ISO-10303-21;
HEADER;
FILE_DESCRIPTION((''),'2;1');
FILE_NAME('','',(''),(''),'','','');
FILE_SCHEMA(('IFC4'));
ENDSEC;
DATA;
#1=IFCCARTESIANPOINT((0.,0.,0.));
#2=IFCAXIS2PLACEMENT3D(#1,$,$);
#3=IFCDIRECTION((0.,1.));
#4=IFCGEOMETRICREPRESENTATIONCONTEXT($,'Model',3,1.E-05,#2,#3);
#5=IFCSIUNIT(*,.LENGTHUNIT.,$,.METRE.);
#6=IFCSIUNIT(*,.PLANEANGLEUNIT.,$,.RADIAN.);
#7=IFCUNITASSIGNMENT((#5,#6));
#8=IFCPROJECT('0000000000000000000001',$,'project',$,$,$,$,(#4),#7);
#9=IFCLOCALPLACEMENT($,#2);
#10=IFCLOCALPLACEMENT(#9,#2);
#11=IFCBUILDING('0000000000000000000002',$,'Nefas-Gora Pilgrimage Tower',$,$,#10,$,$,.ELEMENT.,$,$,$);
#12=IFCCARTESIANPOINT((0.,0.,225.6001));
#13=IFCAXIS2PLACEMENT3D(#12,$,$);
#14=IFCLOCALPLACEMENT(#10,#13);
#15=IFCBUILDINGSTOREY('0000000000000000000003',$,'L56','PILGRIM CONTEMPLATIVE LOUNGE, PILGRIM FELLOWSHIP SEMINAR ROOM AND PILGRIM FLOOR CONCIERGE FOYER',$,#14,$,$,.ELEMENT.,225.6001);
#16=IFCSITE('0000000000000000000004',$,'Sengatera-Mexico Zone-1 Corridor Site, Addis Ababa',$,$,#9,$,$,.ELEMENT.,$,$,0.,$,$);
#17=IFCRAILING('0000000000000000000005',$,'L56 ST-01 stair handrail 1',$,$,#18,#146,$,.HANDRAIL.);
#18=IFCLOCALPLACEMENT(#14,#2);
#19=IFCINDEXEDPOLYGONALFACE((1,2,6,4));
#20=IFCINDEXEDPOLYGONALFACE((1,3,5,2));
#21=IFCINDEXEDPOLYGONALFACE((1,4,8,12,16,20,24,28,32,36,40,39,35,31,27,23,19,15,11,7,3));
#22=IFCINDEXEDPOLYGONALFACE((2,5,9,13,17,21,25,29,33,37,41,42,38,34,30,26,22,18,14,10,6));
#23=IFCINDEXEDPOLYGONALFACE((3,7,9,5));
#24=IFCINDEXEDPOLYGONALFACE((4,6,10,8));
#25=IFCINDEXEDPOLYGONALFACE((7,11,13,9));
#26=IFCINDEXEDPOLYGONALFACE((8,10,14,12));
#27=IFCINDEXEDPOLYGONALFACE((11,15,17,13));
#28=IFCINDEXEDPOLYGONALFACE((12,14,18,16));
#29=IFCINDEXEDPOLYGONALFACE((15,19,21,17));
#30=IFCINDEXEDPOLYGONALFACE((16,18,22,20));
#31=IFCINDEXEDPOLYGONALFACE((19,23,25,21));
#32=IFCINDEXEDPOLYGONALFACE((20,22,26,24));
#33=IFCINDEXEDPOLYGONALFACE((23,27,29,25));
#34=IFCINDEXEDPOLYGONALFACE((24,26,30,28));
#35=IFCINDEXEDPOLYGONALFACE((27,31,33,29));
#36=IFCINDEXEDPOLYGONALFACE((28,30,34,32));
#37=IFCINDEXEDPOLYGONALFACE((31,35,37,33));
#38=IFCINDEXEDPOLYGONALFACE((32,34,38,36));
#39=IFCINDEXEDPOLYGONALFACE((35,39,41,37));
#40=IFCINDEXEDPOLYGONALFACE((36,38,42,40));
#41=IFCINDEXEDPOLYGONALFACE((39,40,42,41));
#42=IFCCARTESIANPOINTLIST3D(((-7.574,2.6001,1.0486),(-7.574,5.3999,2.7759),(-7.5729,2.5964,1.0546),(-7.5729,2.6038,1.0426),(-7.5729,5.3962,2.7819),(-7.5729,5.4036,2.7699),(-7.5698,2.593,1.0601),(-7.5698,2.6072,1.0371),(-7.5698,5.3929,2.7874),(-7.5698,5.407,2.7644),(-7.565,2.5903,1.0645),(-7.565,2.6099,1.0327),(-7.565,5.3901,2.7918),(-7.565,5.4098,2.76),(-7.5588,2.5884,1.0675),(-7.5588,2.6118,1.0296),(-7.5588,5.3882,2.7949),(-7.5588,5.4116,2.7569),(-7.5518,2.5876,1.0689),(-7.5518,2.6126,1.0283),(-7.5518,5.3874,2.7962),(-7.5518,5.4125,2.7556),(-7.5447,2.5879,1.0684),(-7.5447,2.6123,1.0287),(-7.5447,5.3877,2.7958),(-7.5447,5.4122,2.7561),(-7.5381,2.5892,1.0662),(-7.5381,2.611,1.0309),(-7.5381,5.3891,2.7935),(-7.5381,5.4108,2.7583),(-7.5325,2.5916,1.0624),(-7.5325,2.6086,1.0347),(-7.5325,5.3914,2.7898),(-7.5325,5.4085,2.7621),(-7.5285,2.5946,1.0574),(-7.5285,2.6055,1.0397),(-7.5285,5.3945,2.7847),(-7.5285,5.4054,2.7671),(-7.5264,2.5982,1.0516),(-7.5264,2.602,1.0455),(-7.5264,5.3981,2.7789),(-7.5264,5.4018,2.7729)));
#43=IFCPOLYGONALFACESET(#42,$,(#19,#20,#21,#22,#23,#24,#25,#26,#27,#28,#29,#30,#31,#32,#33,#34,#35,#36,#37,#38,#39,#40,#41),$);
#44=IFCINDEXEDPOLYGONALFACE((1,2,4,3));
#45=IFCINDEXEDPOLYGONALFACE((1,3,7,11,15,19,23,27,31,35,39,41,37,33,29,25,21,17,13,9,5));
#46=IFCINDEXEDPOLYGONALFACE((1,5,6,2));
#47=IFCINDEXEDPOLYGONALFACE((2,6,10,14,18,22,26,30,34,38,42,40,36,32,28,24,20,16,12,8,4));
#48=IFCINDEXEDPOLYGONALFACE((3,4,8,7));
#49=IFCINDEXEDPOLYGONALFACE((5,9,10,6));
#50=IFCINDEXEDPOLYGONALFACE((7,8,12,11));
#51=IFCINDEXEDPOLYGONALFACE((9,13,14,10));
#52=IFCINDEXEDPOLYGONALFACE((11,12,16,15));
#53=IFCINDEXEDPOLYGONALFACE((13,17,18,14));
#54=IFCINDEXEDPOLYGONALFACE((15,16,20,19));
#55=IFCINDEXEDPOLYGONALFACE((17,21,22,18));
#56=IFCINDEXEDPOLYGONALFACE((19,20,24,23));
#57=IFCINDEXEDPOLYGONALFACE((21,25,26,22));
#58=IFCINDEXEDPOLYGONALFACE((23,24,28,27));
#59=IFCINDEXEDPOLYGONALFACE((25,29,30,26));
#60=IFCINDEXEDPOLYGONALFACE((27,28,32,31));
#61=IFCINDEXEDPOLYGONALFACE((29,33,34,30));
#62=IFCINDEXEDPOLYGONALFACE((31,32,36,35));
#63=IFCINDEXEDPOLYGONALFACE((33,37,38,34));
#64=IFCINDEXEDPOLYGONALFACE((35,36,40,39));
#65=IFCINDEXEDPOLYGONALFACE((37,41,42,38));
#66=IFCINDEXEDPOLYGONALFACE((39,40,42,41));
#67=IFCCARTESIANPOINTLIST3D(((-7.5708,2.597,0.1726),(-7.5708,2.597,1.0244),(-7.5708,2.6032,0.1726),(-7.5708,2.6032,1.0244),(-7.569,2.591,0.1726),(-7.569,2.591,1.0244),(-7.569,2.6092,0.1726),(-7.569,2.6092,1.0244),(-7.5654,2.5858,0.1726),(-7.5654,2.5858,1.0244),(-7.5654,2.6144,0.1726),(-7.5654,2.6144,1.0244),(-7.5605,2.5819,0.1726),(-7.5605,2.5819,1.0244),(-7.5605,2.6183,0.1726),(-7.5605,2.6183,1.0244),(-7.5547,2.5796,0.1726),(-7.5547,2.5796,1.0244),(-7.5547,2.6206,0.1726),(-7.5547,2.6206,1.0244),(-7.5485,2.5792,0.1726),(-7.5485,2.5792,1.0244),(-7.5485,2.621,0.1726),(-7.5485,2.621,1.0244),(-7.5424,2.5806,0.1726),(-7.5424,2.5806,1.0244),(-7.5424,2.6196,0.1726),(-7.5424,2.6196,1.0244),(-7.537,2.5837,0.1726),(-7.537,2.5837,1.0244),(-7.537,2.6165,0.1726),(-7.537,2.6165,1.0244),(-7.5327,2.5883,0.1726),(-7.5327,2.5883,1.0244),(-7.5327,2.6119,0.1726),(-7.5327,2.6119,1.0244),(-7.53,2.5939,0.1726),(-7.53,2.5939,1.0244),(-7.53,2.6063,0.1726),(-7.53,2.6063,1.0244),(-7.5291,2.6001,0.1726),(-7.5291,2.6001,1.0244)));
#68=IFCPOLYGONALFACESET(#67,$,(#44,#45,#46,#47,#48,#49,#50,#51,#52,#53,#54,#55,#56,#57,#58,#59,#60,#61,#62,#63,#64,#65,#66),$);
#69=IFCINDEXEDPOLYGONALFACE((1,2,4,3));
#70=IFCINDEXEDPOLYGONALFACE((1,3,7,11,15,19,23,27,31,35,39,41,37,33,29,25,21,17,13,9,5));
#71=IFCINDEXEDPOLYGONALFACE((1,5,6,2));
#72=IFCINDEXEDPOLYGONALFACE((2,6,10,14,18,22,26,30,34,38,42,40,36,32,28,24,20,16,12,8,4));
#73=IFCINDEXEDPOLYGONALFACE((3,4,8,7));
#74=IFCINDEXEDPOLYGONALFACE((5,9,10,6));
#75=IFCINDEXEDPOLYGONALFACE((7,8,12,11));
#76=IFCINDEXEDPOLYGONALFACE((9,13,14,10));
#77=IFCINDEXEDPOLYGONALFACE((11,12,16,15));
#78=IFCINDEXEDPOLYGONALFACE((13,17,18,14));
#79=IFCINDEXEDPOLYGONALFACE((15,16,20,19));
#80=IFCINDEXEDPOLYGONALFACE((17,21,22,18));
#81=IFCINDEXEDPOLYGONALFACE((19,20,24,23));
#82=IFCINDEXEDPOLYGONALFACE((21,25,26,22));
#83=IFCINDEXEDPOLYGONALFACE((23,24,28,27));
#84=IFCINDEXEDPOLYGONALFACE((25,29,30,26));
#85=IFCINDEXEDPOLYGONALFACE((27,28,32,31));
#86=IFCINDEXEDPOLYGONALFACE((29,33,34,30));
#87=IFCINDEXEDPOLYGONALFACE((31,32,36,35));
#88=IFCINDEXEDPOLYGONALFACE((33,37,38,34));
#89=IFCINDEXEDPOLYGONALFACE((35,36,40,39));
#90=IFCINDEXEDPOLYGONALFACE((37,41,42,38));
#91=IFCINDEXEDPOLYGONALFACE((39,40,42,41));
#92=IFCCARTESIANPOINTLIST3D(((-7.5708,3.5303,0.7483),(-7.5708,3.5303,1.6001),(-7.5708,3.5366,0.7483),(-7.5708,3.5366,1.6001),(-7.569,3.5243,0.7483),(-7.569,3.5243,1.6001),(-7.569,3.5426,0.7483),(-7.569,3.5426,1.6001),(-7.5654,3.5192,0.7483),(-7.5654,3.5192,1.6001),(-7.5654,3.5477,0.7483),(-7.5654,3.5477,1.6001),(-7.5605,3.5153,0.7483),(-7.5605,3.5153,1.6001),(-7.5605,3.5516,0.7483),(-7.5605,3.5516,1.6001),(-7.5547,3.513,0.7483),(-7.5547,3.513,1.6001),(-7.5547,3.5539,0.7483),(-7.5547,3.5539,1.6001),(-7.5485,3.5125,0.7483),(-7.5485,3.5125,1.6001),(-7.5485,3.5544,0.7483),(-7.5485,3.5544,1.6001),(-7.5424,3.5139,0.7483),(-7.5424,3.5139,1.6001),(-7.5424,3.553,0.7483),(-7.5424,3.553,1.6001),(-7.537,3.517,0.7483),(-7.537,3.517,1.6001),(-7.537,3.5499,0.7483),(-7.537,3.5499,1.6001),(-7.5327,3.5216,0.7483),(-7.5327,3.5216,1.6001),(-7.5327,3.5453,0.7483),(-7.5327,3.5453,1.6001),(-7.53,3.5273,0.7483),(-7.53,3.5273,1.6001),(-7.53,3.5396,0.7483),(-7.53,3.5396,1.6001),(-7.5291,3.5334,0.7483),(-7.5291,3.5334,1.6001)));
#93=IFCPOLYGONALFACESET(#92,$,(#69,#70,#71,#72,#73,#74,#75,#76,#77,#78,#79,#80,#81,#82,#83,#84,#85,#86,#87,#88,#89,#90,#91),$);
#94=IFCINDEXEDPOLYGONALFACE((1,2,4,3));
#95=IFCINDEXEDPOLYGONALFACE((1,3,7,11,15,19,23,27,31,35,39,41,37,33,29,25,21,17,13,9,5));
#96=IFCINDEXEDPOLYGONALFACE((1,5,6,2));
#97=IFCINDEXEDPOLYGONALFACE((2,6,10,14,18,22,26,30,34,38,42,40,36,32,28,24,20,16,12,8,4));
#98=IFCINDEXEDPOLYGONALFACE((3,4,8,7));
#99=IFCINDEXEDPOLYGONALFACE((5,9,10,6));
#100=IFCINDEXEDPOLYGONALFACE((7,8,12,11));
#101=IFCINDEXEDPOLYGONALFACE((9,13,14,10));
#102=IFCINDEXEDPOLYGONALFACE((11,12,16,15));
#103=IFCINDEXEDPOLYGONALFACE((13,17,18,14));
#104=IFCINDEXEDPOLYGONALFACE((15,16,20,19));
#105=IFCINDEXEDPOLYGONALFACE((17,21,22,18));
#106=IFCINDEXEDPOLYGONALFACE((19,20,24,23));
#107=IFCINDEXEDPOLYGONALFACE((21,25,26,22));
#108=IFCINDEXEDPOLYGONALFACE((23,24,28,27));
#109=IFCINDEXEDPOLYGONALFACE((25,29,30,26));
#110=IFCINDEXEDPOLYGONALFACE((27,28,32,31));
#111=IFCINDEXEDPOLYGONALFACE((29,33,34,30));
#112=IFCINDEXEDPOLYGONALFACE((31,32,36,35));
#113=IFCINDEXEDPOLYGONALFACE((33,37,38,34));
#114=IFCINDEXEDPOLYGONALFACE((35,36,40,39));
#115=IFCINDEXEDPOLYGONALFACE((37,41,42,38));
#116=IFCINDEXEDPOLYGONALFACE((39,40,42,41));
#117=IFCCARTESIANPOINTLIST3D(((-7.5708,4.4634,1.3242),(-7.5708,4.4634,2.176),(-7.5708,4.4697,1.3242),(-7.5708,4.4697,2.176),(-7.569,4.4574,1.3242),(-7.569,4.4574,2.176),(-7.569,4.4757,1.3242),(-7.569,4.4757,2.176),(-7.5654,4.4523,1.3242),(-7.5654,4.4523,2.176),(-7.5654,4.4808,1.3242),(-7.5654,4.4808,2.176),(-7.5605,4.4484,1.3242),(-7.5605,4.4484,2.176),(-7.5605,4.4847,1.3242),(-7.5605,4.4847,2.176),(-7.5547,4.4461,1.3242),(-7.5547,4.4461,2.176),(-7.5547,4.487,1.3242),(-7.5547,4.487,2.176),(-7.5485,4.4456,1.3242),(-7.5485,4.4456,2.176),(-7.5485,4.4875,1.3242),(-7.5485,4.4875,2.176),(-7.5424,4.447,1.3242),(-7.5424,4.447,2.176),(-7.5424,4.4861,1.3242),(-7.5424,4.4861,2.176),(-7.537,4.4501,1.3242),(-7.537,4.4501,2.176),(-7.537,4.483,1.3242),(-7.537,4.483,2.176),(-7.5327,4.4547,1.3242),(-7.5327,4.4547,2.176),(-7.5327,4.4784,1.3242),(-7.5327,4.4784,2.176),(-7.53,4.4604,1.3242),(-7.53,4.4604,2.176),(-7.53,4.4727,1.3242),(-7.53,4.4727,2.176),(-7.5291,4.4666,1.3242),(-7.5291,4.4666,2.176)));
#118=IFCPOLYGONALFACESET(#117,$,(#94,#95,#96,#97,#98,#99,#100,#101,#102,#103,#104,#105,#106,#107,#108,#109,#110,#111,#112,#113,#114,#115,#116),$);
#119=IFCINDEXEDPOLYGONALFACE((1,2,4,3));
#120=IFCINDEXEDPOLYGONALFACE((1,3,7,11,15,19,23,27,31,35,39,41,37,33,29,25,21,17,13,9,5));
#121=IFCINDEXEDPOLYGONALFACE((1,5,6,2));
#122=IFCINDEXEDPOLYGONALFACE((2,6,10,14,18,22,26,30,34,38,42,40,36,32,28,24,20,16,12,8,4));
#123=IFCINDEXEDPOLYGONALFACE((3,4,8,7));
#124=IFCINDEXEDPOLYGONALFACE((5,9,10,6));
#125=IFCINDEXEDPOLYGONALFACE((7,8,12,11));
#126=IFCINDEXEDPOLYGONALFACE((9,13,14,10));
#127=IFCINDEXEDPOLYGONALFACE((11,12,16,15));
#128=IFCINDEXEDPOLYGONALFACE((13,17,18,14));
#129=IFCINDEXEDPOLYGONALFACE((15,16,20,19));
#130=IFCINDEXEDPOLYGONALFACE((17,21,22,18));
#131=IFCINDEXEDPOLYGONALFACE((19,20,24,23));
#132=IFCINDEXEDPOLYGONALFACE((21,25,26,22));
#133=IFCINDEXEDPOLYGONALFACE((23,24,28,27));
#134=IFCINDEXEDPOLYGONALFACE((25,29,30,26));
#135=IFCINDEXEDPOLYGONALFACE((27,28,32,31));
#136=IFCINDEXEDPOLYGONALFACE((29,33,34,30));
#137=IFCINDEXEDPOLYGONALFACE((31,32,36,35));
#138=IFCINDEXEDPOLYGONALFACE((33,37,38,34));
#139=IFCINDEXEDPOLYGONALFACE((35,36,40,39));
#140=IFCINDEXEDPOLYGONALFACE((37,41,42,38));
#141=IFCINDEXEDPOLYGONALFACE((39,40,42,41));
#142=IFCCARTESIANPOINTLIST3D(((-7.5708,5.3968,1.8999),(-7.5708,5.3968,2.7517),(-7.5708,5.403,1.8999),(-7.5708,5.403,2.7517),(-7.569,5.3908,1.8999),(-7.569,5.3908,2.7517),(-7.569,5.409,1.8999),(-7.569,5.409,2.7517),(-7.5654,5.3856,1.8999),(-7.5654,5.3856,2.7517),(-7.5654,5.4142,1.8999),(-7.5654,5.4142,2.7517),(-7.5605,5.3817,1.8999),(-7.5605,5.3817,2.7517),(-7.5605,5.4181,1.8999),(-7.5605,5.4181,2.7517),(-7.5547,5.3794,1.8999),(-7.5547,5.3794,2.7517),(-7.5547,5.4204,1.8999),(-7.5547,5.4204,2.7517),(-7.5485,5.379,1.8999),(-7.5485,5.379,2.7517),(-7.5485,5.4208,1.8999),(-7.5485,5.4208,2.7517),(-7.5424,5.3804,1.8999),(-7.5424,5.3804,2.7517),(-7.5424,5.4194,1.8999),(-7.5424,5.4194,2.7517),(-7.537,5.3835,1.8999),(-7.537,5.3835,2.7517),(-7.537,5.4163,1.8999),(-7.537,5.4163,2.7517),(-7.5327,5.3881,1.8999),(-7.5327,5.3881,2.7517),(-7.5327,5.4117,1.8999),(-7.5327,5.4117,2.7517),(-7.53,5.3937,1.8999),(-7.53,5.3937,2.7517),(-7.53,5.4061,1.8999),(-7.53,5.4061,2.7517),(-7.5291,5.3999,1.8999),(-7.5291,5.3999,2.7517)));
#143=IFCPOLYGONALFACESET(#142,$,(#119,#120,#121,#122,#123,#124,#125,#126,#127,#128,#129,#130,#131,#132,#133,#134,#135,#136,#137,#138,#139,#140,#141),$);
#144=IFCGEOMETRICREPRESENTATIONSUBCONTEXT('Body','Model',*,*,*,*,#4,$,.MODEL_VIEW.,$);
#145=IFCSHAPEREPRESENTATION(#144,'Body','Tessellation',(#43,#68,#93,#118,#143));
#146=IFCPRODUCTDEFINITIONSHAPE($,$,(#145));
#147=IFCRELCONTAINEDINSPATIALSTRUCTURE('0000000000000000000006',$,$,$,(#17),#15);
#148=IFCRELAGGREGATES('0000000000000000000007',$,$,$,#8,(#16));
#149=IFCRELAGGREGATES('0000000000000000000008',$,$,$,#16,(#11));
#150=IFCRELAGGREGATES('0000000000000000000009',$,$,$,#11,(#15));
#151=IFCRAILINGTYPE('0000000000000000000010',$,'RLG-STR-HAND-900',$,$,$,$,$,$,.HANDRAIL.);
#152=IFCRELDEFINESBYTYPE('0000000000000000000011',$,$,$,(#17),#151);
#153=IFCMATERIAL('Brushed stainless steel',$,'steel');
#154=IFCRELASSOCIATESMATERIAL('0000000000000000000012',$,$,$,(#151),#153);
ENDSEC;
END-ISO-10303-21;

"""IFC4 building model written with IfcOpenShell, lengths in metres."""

from ifc_helpers import new_model, si_unit, direction, frame, origin, origin_2d, place, context, subcontext, project, spatial, circle, extrude, material, type_object, element, save


model = new_model("IFC4")

# Units and contexts
model_context = context("Model", 3, precision=1e-05, world=origin(), true_north=direction((0.0, 1.0)))
body_context = subcontext(model_context, "Body", "Model", "MODEL_VIEW")
ifc_project = project(units=[si_unit("LENGTHUNIT", "METRE"), si_unit("PLANEANGLEUNIT", "RADIAN")], contexts=[model_context])

# Site, building, storey
site_placement = place(None, origin())
site = spatial("IfcSite", under=ifc_project, at=site_placement, Name="Sengatera-Mexico Zone-1 Corridor Site, Addis Ababa", CompositionType="ELEMENT", RefElevation=0.0)
building_placement = place(site_placement, origin())
building = spatial("IfcBuilding", under=site, at=building_placement, Name="Nefas-Gora Pilgrimage Tower", CompositionType="ELEMENT")
storey_placement = place(building_placement, frame((0.0, 0.0, 225.6001)))
storey = spatial("IfcBuildingStorey", under=building, at=storey_placement, Name="L56", Description="PILGRIM CONTEMPLATIVE LOUNGE, PILGRIM FELLOWSHIP SEMINAR ROOM AND PILGRIM FLOOR CONCIERGE FOYER", CompositionType="ELEMENT", Elevation=225.6001)

# Railing
ifc_material_1 = material(Name="Brushed stainless steel", Category="steel")
railing_type_1 = type_object("IfcRailingType", Name="RLG-STR-HAND-900", PredefinedType="HANDRAIL", material=ifc_material_1)
railing_1_placement = place(storey_placement, frame((-7.55, 2.6001, 0.1726)))
element("IfcRailing", 1, at=railing_1_placement, inside=storey, type_object=railing_type_1, Name="L56 ST-01 stair handrail 1", PredefinedType="HANDRAIL", context=body_context, shape_type="SweptSolid", body=[
    extrude(circle(Radius=0.0239, at=origin_2d()), frame((0.0, 0.0, 0.876), z_axis=(0.0, 0.851069, 0.525054), x_axis=(-1.0, 0.0, 0.0)), (0.0, 0.0, 1.0), 3.2898),
    extrude(circle(Radius=0.021, at=origin_2d()), origin(), (0.0, 0.0, 1.0), 0.8518),
    extrude(circle(Radius=0.021, at=origin_2d()), frame((0.0, 0.9333, 0.5757)), (0.0, 0.0, 1.0), 0.8518),
    extrude(circle(Radius=0.021, at=origin_2d()), frame((0.0, 1.8665, 1.1516)), (0.0, 0.0, 1.0), 0.8518),
    extrude(circle(Radius=0.021, at=origin_2d()), frame((0.0, 2.7998, 1.7273)), (0.0, 0.0, 1.0), 0.8518),
])

save(model, "model.ifc")
